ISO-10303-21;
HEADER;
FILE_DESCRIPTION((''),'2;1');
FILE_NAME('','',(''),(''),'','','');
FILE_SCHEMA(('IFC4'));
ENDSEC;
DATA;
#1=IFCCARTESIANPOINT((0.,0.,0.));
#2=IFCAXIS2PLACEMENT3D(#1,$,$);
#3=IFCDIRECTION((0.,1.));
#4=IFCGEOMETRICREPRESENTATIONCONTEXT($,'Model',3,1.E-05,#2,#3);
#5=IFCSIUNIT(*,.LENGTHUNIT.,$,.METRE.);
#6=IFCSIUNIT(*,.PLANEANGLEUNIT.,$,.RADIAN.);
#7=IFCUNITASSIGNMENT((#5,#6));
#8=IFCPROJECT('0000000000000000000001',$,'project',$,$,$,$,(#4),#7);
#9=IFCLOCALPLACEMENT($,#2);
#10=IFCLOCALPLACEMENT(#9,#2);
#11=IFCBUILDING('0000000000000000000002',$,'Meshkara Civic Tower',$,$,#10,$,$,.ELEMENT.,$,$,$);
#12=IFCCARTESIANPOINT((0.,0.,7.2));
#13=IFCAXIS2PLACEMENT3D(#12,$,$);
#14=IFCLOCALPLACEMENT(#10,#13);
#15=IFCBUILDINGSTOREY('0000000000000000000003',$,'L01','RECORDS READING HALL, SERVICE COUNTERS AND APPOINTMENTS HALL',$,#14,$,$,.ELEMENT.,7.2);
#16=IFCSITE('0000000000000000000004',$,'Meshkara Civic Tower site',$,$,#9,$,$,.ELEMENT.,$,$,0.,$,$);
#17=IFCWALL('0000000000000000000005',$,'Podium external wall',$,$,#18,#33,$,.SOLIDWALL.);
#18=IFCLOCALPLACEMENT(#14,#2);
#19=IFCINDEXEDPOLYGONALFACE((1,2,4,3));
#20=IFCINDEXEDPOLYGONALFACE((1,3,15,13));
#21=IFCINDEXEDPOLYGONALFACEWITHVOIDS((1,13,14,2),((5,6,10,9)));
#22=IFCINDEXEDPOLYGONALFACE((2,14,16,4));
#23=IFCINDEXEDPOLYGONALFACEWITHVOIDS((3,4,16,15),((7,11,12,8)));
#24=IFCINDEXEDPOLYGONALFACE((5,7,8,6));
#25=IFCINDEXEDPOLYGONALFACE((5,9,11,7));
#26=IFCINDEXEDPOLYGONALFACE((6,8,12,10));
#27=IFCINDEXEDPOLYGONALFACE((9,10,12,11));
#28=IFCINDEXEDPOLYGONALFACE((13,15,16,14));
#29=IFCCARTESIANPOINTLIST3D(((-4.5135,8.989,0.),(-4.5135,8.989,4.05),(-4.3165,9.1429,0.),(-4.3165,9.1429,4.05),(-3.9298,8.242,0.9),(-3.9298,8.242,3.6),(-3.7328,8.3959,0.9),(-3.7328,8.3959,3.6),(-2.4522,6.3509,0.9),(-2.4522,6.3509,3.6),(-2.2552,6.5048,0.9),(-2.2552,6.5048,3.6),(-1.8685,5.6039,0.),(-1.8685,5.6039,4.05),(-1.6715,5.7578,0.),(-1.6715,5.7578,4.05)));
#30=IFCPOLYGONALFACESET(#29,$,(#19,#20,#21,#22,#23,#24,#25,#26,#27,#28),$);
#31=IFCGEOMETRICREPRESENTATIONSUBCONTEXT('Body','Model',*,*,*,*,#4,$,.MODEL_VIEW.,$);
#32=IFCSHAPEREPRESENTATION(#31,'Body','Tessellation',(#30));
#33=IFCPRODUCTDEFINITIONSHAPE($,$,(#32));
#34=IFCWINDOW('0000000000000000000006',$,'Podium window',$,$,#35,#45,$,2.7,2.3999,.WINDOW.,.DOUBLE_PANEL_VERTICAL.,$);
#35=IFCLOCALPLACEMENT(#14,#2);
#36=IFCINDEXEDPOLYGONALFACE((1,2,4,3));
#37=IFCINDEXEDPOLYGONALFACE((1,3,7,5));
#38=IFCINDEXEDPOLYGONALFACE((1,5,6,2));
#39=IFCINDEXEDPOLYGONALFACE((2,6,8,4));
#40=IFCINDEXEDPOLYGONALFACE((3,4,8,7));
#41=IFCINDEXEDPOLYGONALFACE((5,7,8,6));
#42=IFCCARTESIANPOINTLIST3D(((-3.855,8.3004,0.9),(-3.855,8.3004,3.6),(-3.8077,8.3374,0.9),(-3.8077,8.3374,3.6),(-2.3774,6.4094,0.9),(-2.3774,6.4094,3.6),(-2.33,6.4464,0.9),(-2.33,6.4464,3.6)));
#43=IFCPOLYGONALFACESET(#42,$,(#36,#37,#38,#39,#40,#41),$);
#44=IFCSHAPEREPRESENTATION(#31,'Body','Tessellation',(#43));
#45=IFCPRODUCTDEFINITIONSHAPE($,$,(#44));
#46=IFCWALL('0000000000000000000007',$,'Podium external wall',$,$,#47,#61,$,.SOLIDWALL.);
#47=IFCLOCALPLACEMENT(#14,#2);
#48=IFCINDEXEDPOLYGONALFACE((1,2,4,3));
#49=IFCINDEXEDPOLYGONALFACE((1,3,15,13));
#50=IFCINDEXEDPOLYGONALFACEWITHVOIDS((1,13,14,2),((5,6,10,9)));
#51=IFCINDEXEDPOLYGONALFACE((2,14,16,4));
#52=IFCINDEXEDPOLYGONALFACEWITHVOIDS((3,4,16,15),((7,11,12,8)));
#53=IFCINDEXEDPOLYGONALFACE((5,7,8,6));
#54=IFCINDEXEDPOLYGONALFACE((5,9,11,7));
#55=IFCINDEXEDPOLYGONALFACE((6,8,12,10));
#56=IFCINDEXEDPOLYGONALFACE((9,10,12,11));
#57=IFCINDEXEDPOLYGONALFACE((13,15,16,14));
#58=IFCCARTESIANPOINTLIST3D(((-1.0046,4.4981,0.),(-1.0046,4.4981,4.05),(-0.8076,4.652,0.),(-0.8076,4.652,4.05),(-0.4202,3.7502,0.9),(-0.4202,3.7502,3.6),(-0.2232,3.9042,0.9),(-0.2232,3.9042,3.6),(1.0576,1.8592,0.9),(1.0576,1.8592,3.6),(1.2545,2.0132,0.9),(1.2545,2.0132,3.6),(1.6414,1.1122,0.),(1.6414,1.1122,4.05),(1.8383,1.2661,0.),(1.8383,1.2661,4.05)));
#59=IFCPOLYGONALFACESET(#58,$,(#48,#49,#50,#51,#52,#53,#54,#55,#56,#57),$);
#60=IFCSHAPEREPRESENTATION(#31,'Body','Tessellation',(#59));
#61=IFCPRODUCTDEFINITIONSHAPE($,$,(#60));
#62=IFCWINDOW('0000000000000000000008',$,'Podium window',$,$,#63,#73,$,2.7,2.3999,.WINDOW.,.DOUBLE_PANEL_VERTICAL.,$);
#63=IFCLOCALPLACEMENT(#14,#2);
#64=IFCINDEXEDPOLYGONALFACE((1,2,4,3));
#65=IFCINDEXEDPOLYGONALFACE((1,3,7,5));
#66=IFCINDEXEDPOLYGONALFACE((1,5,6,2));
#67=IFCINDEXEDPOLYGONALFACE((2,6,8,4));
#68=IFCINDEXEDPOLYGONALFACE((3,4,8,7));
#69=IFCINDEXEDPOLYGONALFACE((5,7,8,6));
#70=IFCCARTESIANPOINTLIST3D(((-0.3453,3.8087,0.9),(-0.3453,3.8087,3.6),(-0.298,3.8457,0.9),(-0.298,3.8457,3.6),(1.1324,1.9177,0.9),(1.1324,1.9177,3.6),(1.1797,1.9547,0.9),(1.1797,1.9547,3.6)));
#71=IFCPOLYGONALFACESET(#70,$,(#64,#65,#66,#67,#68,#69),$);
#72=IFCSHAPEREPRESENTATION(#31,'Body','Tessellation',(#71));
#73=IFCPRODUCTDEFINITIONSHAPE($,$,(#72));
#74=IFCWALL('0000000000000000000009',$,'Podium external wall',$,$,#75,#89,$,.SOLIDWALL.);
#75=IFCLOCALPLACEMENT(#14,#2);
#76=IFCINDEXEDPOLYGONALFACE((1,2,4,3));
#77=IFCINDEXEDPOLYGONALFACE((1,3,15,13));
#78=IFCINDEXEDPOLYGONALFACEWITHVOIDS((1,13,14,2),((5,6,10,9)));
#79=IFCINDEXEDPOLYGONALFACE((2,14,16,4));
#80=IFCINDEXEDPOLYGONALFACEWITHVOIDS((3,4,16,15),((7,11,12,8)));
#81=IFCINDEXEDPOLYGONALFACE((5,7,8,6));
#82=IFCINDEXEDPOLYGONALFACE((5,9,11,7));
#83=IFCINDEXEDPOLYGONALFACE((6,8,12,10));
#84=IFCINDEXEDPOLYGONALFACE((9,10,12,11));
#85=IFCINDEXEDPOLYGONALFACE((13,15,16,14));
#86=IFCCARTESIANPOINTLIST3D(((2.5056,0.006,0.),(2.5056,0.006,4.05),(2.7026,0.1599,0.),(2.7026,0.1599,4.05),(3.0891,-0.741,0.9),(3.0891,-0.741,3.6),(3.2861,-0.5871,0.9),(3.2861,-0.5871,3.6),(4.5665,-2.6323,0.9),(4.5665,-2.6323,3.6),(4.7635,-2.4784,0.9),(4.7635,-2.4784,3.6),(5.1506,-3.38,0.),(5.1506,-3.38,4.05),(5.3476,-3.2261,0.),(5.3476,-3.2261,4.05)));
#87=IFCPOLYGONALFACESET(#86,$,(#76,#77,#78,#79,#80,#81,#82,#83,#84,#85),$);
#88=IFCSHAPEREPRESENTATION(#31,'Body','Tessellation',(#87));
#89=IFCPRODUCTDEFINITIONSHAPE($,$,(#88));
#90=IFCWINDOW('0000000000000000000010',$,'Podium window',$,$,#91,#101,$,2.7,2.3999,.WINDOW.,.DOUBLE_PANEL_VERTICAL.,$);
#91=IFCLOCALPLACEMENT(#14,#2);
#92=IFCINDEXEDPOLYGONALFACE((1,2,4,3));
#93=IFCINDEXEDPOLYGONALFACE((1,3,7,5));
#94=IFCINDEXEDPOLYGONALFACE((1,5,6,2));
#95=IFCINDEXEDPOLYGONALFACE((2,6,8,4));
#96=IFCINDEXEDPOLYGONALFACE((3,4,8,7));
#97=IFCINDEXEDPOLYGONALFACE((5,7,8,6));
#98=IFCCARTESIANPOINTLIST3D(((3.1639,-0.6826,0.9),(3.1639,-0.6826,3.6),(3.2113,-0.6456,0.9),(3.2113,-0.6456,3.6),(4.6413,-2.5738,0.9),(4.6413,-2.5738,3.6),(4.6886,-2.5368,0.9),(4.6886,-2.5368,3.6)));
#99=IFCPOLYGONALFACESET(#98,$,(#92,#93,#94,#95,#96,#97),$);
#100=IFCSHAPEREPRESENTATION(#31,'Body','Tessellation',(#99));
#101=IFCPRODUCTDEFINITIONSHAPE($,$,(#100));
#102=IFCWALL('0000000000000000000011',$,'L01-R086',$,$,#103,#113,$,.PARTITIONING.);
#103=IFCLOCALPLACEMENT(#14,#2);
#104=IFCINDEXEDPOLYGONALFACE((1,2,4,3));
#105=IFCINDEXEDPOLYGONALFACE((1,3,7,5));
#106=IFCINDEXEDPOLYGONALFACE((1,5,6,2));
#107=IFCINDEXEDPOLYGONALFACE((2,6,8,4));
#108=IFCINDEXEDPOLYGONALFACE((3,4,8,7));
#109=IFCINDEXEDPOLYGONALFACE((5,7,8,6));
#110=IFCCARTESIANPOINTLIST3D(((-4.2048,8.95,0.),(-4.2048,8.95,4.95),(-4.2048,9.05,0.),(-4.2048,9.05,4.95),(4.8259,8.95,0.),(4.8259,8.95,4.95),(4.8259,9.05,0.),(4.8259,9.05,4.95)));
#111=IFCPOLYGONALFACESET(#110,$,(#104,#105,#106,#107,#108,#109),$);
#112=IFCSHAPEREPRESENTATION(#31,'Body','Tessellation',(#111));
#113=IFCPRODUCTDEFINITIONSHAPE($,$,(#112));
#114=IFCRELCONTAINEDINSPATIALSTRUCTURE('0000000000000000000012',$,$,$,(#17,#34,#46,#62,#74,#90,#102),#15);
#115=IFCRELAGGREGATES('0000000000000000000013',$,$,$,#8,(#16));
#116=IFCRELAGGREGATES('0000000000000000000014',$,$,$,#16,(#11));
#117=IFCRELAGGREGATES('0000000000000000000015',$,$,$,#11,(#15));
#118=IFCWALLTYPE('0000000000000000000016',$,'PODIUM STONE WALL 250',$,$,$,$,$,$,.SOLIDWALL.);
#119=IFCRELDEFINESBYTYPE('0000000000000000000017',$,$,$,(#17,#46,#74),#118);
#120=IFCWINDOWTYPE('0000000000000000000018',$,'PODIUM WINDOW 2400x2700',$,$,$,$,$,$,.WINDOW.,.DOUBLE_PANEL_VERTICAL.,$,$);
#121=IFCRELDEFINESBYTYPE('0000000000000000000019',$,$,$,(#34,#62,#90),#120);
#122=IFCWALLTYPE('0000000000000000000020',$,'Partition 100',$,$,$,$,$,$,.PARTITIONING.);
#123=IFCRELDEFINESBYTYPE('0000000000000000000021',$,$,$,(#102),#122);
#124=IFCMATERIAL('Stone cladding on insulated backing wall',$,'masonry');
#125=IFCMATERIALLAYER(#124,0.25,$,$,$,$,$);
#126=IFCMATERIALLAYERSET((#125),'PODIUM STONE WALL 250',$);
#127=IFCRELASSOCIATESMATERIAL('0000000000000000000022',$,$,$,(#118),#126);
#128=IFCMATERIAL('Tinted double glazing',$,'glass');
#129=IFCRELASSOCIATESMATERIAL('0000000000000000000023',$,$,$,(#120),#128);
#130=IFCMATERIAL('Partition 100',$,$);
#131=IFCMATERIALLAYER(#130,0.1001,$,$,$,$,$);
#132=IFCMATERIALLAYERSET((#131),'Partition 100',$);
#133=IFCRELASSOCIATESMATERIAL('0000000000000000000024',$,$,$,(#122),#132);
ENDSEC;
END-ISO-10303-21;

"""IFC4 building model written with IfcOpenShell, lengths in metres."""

from ifc_helpers import new_model, si_unit, direction, frame, frame_2d, origin, place, context, subcontext, project, spatial, rectangle, extrude, material, layer, layer_set, type_object, element, fill, save


model = new_model("IFC4")

# Units and contexts
model_context = context("Model", 3, precision=1e-05, world=origin(), true_north=direction((0.0, 1.0)))
body_context = subcontext(model_context, "Body", "Model", "MODEL_VIEW")
ifc_project = project(units=[si_unit("LENGTHUNIT", "METRE"), si_unit("PLANEANGLEUNIT", "RADIAN")], contexts=[model_context])

# Site, building, storey
site_placement = place(None, origin())
site = spatial("IfcSite", under=ifc_project, at=site_placement, Name="Meshkara Civic Tower site", CompositionType="ELEMENT", RefElevation=0.0)
building_placement = place(site_placement, origin())
building = spatial("IfcBuilding", under=site, at=building_placement, Name="Meshkara Civic Tower", CompositionType="ELEMENT")
storey_placement = place(building_placement, frame((0.0, 0.0, 7.2)))
storey = spatial("IfcBuildingStorey", under=building, at=storey_placement, Name="L01", Description="RECORDS READING HALL, SERVICE COUNTERS AND APPOINTMENTS HALL", CompositionType="ELEMENT", Elevation=7.2)

# Walls, openings, windows
ifc_material_1 = material(Name="Stone cladding on insulated backing wall", Category="masonry")
ifc_layer_1 = layer(ifc_material_1, 0.25)
ifc_layer_set_1 = layer_set([ifc_layer_1], Name="PODIUM STONE WALL 250")
wall_type_1 = type_object("IfcWallType", Name="PODIUM STONE WALL 250", PredefinedType="SOLIDWALL", material=ifc_layer_set_1)
ifc_material_2 = material(Name="Tinted double glazing", Category="glass")
window_type = type_object("IfcWindowType", Name="PODIUM WINDOW 2400x2700", PartitioningType="DOUBLE_PANEL_VERTICAL", PredefinedType="WINDOW", material=ifc_material_2)
wall_1_placement = place(storey_placement, frame((-4.415, 9.0659, 0.0), z_axis=(0.0, 0.0, 1.0), x_axis=(0.615714, -0.78797, 0.0)))
wall_1 = element("IfcWall", 1, at=wall_1_placement, inside=storey, type_object=wall_type_1, Name="Podium external wall", PredefinedType="SOLIDWALL", context=body_context, shape_type="SweptSolid", body=[
    extrude(rectangle(XDim=4.2959, YDim=0.25, at=frame_2d((2.1479, 0.0))), origin(), (0.0, 0.0, 1.0), 4.05),
])
opening_1_placement = place(wall_1_placement, frame((0.948, 0.0, 0.8999)))
opening_1 = element("IfcOpeningElement", 2, at=opening_1_placement, cuts=wall_1, PredefinedType="OPENING", context=body_context, shape_type="SweptSolid", body=[
    extrude(rectangle(XDim=2.3999, YDim=2.7, at=frame_2d((1.2, 1.3501))), frame((0.0, 0.135, 0.0), z_axis=(0.0, -1.0, 0.0), x_axis=(1.0, 0.0, 0.0)), (0.0, 0.0, 1.0), 0.27),
])
window_1_placement = place(opening_1_placement, origin())
window_1 = element("IfcWindow", 3, at=window_1_placement, inside=storey, type_object=window_type, Name="Podium window", OverallHeight=2.7, OverallWidth=2.3999, PartitioningType="DOUBLE_PANEL_VERTICAL", PredefinedType="WINDOW", context=body_context, shape_type="SweptSolid", body=[
    extrude(rectangle(XDim=2.3999, YDim=2.7, at=frame_2d((1.2, 1.3501))), frame((0.0, 0.03, 0.0), z_axis=(0.0, -1.0, 0.0), x_axis=(1.0, 0.0, 0.0)), (0.0, 0.0, 1.0), 0.0601),
])
fill(opening_1, window_1)
wall_2_placement = place(storey_placement, frame((-0.906, 4.575, 0.0), z_axis=(0.0, 0.0, 1.0), x_axis=(0.615744, -0.787946, 0.0)))
wall_2 = element("IfcWall", 4, at=wall_2_placement, inside=storey, type_object=wall_type_1, Name="Podium external wall", PredefinedType="SOLIDWALL", context=body_context, shape_type="SweptSolid", body=[
    extrude(rectangle(XDim=4.2971, YDim=0.25, at=frame_2d((2.1484, 0.0))), origin(), (0.0, 0.0, 1.0), 4.05),
])
opening_2_placement = place(wall_2_placement, frame((0.949, 0.0, 0.8999)))
opening_2 = element("IfcOpeningElement", 5, at=opening_2_placement, cuts=wall_2, PredefinedType="OPENING", context=body_context, shape_type="SweptSolid", body=[
    extrude(rectangle(XDim=2.3999, YDim=2.7, at=frame_2d((1.2, 1.3501))), frame((0.0, 0.135, 0.0), z_axis=(0.0, -1.0, 0.0), x_axis=(1.0, 0.0, 0.0)), (0.0, 0.0, 1.0), 0.27),
])
window_2_placement = place(opening_2_placement, origin())
window_2 = element("IfcWindow", 6, at=window_2_placement, inside=storey, type_object=window_type, Name="Podium window", OverallHeight=2.7, OverallWidth=2.3999, PartitioningType="DOUBLE_PANEL_VERTICAL", PredefinedType="WINDOW", context=body_context, shape_type="SweptSolid", body=[
    extrude(rectangle(XDim=2.3999, YDim=2.7, at=frame_2d((1.2, 1.3501))), frame((0.0, 0.03, 0.0), z_axis=(0.0, -1.0, 0.0), x_axis=(1.0, 0.0, 0.0)), (0.0, 0.0, 1.0), 0.0601),
])
fill(opening_2, window_2)
wall_3_placement = place(storey_placement, frame((2.604, 0.083, 0.0), z_axis=(0.0, 0.0, 1.0), x_axis=(0.615603, -0.788056, 0.0)))
wall_3 = element("IfcWall", 7, at=wall_3_placement, inside=storey, type_object=wall_type_1, Name="Podium external wall", PredefinedType="SOLIDWALL", context=body_context, shape_type="SweptSolid", body=[
    extrude(rectangle(XDim=4.2966, YDim=0.25, at=frame_2d((2.1484, 0.0))), origin(), (0.0, 0.0, 1.0), 4.05),
])
opening_3_placement = place(wall_3_placement, frame((0.948, 0.0, 0.8999)))
opening_3 = element("IfcOpeningElement", 8, at=opening_3_placement, cuts=wall_3, PredefinedType="OPENING", context=body_context, shape_type="SweptSolid", body=[
    extrude(rectangle(XDim=2.3999, YDim=2.7, at=frame_2d((1.2, 1.3501))), frame((0.0, 0.135, 0.0), z_axis=(0.0, -1.0, 0.0), x_axis=(1.0, 0.0, 0.0)), (0.0, 0.0, 1.0), 0.27),
])
window_3_placement = place(opening_3_placement, origin())
window_3 = element("IfcWindow", 9, at=window_3_placement, inside=storey, type_object=window_type, Name="Podium window", OverallHeight=2.7, OverallWidth=2.3999, PartitioningType="DOUBLE_PANEL_VERTICAL", PredefinedType="WINDOW", context=body_context, shape_type="SweptSolid", body=[
    extrude(rectangle(XDim=2.3999, YDim=2.7, at=frame_2d((1.2, 1.3501))), frame((0.0, 0.03, 0.0), z_axis=(0.0, -1.0, 0.0), x_axis=(1.0, 0.0, 0.0)), (0.0, 0.0, 1.0), 0.0601),
])
fill(opening_3, window_3)

# Wall
ifc_material_3 = material(Name="Partition 100")
ifc_layer_2 = layer(ifc_material_3, 0.1001)
ifc_layer_set_2 = layer_set([ifc_layer_2], Name="Partition 100")
wall_type_2 = type_object("IfcWallType", Name="Partition 100", PredefinedType="PARTITIONING", material=ifc_layer_set_2)
wall_4_placement = place(storey_placement, frame((-4.2048, 9.0, 0.0), z_axis=(0.0, 0.0, 1.0), x_axis=(1.0, 0.0, 0.0)))
element("IfcWall", 10, at=wall_4_placement, inside=storey, type_object=wall_type_2, Name="L01-R086", PredefinedType="PARTITIONING", context=body_context, shape_type="SweptSolid", body=[
    extrude(rectangle(XDim=9.0308, YDim=0.1001, at=frame_2d((4.5154, 0.0))), origin(), (0.0, 0.0, 1.0), 4.95),
])

save(model, "model.ifc")
